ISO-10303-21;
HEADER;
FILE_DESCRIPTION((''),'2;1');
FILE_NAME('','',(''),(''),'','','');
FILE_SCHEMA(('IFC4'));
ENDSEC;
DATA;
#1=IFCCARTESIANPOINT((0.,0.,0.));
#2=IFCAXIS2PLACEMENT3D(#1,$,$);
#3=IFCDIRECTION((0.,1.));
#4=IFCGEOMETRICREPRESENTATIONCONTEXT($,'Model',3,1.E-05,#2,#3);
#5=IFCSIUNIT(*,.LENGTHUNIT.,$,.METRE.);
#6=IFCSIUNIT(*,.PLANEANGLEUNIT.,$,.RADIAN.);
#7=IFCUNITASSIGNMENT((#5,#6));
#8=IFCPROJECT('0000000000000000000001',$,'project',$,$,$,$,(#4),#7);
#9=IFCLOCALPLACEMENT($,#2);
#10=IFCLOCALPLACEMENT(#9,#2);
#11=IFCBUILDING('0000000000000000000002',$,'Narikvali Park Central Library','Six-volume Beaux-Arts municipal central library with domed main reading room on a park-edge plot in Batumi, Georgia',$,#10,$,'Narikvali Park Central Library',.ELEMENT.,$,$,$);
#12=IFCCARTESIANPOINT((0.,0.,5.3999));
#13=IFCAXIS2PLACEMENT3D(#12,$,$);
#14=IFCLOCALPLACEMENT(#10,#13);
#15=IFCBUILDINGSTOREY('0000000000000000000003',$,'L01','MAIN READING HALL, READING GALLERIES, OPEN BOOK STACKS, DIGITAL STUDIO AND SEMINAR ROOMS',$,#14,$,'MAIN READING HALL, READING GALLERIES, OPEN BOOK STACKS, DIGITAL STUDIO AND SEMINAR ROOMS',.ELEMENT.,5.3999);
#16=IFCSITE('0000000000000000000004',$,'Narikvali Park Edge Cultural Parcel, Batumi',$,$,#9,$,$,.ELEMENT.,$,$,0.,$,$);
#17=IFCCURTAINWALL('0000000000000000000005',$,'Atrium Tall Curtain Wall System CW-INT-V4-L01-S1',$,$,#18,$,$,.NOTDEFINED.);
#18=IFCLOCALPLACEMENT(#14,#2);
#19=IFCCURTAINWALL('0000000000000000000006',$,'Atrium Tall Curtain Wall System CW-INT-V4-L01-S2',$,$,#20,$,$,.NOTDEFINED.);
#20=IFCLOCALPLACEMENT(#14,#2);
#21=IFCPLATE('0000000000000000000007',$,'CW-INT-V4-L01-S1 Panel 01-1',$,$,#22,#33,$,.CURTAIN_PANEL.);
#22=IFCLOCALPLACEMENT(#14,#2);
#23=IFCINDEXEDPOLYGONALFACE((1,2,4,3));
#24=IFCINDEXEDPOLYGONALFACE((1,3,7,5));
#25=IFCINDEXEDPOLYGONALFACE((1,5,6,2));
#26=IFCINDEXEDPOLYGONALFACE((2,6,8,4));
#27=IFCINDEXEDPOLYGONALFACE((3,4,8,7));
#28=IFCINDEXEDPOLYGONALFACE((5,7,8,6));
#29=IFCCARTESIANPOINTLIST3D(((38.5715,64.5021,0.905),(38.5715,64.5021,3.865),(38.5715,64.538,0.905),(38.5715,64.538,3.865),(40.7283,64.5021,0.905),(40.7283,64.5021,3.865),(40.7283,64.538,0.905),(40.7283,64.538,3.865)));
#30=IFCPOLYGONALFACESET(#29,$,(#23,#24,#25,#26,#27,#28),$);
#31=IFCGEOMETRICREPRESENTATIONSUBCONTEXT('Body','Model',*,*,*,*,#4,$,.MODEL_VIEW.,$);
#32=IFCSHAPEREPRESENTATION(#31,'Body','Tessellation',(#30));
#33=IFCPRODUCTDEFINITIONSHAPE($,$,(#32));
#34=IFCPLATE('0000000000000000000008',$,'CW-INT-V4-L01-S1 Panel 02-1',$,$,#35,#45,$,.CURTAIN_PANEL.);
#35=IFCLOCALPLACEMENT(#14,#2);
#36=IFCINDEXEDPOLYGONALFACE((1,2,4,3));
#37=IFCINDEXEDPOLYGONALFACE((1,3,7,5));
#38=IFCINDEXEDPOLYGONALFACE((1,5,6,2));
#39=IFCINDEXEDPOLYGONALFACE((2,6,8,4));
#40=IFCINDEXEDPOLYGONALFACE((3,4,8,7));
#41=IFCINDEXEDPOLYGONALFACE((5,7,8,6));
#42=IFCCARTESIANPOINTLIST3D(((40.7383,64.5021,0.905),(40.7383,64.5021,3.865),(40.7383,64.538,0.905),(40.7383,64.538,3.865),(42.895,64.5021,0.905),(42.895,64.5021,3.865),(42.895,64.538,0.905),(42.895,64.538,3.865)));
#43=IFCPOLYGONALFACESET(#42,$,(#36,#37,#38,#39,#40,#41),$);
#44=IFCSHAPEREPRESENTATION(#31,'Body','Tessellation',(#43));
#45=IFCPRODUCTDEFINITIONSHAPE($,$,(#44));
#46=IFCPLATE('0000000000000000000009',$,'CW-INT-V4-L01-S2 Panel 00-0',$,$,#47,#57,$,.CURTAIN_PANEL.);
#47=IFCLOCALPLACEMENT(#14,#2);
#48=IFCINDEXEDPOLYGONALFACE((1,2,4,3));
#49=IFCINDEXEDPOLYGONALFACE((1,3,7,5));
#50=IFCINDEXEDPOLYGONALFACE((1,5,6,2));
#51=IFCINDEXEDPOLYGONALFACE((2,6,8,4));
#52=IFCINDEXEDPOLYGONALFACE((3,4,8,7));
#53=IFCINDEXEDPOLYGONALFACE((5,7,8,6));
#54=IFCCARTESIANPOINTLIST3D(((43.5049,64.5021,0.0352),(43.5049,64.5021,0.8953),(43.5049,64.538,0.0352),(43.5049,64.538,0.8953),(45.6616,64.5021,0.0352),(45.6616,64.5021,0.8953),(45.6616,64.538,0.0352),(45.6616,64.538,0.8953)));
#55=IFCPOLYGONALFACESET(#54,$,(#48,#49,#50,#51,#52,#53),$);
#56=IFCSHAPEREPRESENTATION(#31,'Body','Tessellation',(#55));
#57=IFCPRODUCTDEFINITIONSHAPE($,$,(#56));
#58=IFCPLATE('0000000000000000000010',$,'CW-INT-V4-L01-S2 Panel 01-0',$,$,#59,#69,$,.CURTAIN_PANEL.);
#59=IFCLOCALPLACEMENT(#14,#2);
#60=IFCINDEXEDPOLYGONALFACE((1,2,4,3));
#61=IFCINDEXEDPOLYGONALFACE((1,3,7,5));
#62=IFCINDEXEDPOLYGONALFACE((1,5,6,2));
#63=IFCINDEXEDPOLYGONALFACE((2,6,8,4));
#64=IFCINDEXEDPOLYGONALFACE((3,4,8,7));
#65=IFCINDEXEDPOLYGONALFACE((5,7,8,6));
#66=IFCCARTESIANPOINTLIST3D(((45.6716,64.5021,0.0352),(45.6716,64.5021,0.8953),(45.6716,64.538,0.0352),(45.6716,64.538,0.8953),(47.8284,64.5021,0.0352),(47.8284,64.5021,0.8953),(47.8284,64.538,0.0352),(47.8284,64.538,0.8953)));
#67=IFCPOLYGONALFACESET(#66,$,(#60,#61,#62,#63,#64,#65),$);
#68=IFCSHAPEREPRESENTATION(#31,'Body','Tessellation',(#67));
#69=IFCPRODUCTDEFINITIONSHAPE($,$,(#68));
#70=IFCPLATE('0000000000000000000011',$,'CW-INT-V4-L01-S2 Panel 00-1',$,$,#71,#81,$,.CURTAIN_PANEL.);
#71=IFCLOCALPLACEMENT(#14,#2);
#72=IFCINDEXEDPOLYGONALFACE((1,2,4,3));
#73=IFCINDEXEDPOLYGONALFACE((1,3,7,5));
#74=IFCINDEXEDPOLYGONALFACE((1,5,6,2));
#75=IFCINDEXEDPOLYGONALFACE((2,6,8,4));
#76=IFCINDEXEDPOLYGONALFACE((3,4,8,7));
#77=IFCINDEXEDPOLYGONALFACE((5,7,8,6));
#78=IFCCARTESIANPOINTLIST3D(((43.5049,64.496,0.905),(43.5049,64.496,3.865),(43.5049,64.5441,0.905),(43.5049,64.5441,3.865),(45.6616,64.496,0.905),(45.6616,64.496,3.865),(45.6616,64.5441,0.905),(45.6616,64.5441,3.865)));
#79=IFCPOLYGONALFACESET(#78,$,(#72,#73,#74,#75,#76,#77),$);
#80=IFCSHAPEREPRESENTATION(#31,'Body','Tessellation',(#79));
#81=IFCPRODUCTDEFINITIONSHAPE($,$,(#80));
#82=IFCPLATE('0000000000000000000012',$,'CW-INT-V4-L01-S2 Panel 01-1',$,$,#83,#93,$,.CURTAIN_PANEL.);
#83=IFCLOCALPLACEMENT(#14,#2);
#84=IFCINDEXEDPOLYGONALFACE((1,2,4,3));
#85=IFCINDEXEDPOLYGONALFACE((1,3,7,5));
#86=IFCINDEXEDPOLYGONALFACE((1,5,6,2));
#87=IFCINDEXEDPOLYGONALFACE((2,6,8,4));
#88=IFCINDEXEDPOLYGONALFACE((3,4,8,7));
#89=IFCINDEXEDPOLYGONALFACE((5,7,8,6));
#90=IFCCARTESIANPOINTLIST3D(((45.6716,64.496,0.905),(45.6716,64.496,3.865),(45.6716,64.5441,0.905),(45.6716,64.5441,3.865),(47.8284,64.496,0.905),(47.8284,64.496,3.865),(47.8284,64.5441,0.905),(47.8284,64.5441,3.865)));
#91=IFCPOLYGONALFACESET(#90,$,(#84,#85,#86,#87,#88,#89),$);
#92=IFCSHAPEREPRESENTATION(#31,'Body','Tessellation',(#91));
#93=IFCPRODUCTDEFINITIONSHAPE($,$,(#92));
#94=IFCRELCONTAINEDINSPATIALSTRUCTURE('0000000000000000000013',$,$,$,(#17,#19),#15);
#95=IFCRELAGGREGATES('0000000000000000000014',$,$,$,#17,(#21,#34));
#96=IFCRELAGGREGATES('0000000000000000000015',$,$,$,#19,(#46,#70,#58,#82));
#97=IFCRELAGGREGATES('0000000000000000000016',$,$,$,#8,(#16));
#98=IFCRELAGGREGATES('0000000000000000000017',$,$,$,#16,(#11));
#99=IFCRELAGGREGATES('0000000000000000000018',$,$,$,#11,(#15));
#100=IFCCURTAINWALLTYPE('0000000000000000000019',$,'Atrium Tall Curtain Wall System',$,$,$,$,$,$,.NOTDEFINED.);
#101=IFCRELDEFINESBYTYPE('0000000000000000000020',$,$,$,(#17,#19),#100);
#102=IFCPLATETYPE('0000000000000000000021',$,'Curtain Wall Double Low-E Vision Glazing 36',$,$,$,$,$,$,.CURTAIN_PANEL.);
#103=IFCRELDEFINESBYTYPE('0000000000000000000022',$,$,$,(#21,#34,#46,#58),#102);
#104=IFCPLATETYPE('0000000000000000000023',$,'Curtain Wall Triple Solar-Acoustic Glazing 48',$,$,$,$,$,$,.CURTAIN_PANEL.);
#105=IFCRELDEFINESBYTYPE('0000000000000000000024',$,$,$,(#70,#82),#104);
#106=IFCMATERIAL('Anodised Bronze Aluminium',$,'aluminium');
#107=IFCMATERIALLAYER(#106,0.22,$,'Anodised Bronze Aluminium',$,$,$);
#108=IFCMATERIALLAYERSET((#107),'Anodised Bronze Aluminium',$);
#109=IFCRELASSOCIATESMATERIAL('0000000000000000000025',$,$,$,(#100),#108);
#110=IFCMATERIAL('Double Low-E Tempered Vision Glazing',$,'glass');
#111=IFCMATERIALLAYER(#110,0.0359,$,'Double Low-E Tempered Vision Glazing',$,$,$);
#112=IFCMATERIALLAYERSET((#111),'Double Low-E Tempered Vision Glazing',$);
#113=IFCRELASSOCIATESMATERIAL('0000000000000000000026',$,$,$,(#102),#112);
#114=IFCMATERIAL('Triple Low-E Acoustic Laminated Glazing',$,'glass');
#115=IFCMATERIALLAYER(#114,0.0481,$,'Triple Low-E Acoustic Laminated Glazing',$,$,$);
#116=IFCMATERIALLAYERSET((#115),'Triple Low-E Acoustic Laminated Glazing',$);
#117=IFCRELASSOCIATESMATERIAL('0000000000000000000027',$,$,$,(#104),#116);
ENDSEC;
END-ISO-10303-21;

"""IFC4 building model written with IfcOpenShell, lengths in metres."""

from ifc_helpers import new_model, si_unit, direction, frame, origin, origin_2d, place, context, subcontext, project, spatial, rectangle, extrude, material, layer, layer_set, type_object, element, aggregate, save


model = new_model("IFC4")

# Units and contexts
model_context = context("Model", 3, precision=1e-05, world=origin(), true_north=direction((0.0, 1.0)))
body_context = subcontext(model_context, "Body", "Model", "MODEL_VIEW")
ifc_project = project(units=[si_unit("LENGTHUNIT", "METRE"), si_unit("PLANEANGLEUNIT", "RADIAN")], contexts=[model_context])

# Site, building, storey
site_placement = place(None, origin())
site = spatial("IfcSite", under=ifc_project, at=site_placement, Name="Narikvali Park Edge Cultural Parcel, Batumi", CompositionType="ELEMENT", RefElevation=0.0)
building_placement = place(site_placement, origin())
building = spatial("IfcBuilding", under=site, at=building_placement, Name="Narikvali Park Central Library", Description="Six-volume Beaux-Arts municipal central library with domed main reading room on a park-edge plot in Batumi, Georgia", LongName="Narikvali Park Central Library", CompositionType="ELEMENT")
storey_placement = place(building_placement, frame((0.0, 0.0, 5.3999)))
storey = spatial("IfcBuildingStorey", under=building, at=storey_placement, Name="L01", Description="MAIN READING HALL, READING GALLERIES, OPEN BOOK STACKS, DIGITAL STUDIO AND SEMINAR ROOMS", LongName="MAIN READING HALL, READING GALLERIES, OPEN BOOK STACKS, DIGITAL STUDIO AND SEMINAR ROOMS", CompositionType="ELEMENT", Elevation=5.3999)

# Curtain walls
ifc_material_1 = material(Name="Anodised Bronze Aluminium", Category="aluminium")
ifc_layer_1 = layer(ifc_material_1, 0.22, Name="Anodised Bronze Aluminium")
ifc_layer_set_1 = layer_set([ifc_layer_1], Name="Anodised Bronze Aluminium")
curtain_wall_type = type_object("IfcCurtainWallType", Name="Atrium Tall Curtain Wall System", PredefinedType="NOTDEFINED", material=ifc_layer_set_1)
curtain_wall_1_placement = place(storey_placement, origin())
curtain_wall_1 = element("IfcCurtainWall", 1, at=curtain_wall_1_placement, inside=storey, type_object=curtain_wall_type, Name="Atrium Tall Curtain Wall System CW-INT-V4-L01-S1", PredefinedType="NOTDEFINED")
curtain_wall_2_placement = place(storey_placement, origin())
curtain_wall_2 = element("IfcCurtainWall", 2, at=curtain_wall_2_placement, inside=storey, type_object=curtain_wall_type, Name="Atrium Tall Curtain Wall System CW-INT-V4-L01-S2", PredefinedType="NOTDEFINED")

# Plates
ifc_material_2 = material(Name="Double Low-E Tempered Vision Glazing", Category="glass")
ifc_layer_2 = layer(ifc_material_2, 0.0359, Name="Double Low-E Tempered Vision Glazing")
ifc_layer_set_2 = layer_set([ifc_layer_2], Name="Double Low-E Tempered Vision Glazing")
plate_type_1 = type_object("IfcPlateType", Name="Curtain Wall Double Low-E Vision Glazing 36", PredefinedType="CURTAIN_PANEL", material=ifc_layer_set_2)
plate_1_placement = place(storey_placement, frame((39.6499, 64.52, 0.905), z_axis=(0.0, 0.0, 1.0), x_axis=(1.0, 0.0, 0.0)))
plate_1 = element("IfcPlate", 3, at=plate_1_placement, type_object=plate_type_1, Name="CW-INT-V4-L01-S1 Panel 01-1", PredefinedType="CURTAIN_PANEL", context=body_context, shape_type="SweptSolid", body=[
    extrude(rectangle(XDim=2.1567, YDim=0.0359, at=origin_2d()), origin(), (0.0, 0.0, 1.0), 2.96),
])
plate_2_placement = place(storey_placement, frame((41.8167, 64.52, 0.905), z_axis=(0.0, 0.0, 1.0), x_axis=(1.0, 0.0, 0.0)))
plate_2 = element("IfcPlate", 4, at=plate_2_placement, type_object=plate_type_1, Name="CW-INT-V4-L01-S1 Panel 02-1", PredefinedType="CURTAIN_PANEL", context=body_context, shape_type="SweptSolid", body=[
    extrude(rectangle(XDim=2.1567, YDim=0.0359, at=origin_2d()), origin(), (0.0, 0.0, 1.0), 2.96),
])
aggregate(curtain_wall_1, [plate_1, plate_2])
plate_3_placement = place(storey_placement, frame((44.5833, 64.52, 0.0352), z_axis=(0.0, 0.0, 1.0), x_axis=(1.0, 0.0, 0.0)))
plate_3 = element("IfcPlate", 5, at=plate_3_placement, type_object=plate_type_1, Name="CW-INT-V4-L01-S2 Panel 00-0", PredefinedType="CURTAIN_PANEL", context=body_context, shape_type="SweptSolid", body=[
    extrude(rectangle(XDim=2.1567, YDim=0.0359, at=origin_2d()), origin(), (0.0, 0.0, 1.0), 0.8601),
])
plate_4_placement = place(storey_placement, frame((46.75, 64.52, 0.0352), z_axis=(0.0, 0.0, 1.0), x_axis=(1.0, 0.0, 0.0)))
plate_4 = element("IfcPlate", 6, at=plate_4_placement, type_object=plate_type_1, Name="CW-INT-V4-L01-S2 Panel 01-0", PredefinedType="CURTAIN_PANEL", context=body_context, shape_type="SweptSolid", body=[
    extrude(rectangle(XDim=2.1567, YDim=0.0359, at=origin_2d()), origin(), (0.0, 0.0, 1.0), 0.8601),
])
ifc_material_3 = material(Name="Triple Low-E Acoustic Laminated Glazing", Category="glass")
ifc_layer_3 = layer(ifc_material_3, 0.0481, Name="Triple Low-E Acoustic Laminated Glazing")
ifc_layer_set_3 = layer_set([ifc_layer_3], Name="Triple Low-E Acoustic Laminated Glazing")
plate_type_2 = type_object("IfcPlateType", Name="Curtain Wall Triple Solar-Acoustic Glazing 48", PredefinedType="CURTAIN_PANEL", material=ifc_layer_set_3)
plate_5_placement = place(storey_placement, frame((44.5833, 64.52, 0.905), z_axis=(0.0, 0.0, 1.0), x_axis=(1.0, 0.0, 0.0)))
plate_5 = element("IfcPlate", 7, at=plate_5_placement, type_object=plate_type_2, Name="CW-INT-V4-L01-S2 Panel 00-1", PredefinedType="CURTAIN_PANEL", context=body_context, shape_type="SweptSolid", body=[
    extrude(rectangle(XDim=2.1567, YDim=0.0481, at=origin_2d()), origin(), (0.0, 0.0, 1.0), 2.96),
])
plate_6_placement = place(storey_placement, frame((46.75, 64.52, 0.905), z_axis=(0.0, 0.0, 1.0), x_axis=(1.0, 0.0, 0.0)))
plate_6 = element("IfcPlate", 8, at=plate_6_placement, type_object=plate_type_2, Name="CW-INT-V4-L01-S2 Panel 01-1", PredefinedType="CURTAIN_PANEL", context=body_context, shape_type="SweptSolid", body=[
    extrude(rectangle(XDim=2.1567, YDim=0.0481, at=origin_2d()), origin(), (0.0, 0.0, 1.0), 2.96),
])
aggregate(curtain_wall_2, [plate_3, plate_5, plate_4, plate_6])

save(model, "model.ifc")
